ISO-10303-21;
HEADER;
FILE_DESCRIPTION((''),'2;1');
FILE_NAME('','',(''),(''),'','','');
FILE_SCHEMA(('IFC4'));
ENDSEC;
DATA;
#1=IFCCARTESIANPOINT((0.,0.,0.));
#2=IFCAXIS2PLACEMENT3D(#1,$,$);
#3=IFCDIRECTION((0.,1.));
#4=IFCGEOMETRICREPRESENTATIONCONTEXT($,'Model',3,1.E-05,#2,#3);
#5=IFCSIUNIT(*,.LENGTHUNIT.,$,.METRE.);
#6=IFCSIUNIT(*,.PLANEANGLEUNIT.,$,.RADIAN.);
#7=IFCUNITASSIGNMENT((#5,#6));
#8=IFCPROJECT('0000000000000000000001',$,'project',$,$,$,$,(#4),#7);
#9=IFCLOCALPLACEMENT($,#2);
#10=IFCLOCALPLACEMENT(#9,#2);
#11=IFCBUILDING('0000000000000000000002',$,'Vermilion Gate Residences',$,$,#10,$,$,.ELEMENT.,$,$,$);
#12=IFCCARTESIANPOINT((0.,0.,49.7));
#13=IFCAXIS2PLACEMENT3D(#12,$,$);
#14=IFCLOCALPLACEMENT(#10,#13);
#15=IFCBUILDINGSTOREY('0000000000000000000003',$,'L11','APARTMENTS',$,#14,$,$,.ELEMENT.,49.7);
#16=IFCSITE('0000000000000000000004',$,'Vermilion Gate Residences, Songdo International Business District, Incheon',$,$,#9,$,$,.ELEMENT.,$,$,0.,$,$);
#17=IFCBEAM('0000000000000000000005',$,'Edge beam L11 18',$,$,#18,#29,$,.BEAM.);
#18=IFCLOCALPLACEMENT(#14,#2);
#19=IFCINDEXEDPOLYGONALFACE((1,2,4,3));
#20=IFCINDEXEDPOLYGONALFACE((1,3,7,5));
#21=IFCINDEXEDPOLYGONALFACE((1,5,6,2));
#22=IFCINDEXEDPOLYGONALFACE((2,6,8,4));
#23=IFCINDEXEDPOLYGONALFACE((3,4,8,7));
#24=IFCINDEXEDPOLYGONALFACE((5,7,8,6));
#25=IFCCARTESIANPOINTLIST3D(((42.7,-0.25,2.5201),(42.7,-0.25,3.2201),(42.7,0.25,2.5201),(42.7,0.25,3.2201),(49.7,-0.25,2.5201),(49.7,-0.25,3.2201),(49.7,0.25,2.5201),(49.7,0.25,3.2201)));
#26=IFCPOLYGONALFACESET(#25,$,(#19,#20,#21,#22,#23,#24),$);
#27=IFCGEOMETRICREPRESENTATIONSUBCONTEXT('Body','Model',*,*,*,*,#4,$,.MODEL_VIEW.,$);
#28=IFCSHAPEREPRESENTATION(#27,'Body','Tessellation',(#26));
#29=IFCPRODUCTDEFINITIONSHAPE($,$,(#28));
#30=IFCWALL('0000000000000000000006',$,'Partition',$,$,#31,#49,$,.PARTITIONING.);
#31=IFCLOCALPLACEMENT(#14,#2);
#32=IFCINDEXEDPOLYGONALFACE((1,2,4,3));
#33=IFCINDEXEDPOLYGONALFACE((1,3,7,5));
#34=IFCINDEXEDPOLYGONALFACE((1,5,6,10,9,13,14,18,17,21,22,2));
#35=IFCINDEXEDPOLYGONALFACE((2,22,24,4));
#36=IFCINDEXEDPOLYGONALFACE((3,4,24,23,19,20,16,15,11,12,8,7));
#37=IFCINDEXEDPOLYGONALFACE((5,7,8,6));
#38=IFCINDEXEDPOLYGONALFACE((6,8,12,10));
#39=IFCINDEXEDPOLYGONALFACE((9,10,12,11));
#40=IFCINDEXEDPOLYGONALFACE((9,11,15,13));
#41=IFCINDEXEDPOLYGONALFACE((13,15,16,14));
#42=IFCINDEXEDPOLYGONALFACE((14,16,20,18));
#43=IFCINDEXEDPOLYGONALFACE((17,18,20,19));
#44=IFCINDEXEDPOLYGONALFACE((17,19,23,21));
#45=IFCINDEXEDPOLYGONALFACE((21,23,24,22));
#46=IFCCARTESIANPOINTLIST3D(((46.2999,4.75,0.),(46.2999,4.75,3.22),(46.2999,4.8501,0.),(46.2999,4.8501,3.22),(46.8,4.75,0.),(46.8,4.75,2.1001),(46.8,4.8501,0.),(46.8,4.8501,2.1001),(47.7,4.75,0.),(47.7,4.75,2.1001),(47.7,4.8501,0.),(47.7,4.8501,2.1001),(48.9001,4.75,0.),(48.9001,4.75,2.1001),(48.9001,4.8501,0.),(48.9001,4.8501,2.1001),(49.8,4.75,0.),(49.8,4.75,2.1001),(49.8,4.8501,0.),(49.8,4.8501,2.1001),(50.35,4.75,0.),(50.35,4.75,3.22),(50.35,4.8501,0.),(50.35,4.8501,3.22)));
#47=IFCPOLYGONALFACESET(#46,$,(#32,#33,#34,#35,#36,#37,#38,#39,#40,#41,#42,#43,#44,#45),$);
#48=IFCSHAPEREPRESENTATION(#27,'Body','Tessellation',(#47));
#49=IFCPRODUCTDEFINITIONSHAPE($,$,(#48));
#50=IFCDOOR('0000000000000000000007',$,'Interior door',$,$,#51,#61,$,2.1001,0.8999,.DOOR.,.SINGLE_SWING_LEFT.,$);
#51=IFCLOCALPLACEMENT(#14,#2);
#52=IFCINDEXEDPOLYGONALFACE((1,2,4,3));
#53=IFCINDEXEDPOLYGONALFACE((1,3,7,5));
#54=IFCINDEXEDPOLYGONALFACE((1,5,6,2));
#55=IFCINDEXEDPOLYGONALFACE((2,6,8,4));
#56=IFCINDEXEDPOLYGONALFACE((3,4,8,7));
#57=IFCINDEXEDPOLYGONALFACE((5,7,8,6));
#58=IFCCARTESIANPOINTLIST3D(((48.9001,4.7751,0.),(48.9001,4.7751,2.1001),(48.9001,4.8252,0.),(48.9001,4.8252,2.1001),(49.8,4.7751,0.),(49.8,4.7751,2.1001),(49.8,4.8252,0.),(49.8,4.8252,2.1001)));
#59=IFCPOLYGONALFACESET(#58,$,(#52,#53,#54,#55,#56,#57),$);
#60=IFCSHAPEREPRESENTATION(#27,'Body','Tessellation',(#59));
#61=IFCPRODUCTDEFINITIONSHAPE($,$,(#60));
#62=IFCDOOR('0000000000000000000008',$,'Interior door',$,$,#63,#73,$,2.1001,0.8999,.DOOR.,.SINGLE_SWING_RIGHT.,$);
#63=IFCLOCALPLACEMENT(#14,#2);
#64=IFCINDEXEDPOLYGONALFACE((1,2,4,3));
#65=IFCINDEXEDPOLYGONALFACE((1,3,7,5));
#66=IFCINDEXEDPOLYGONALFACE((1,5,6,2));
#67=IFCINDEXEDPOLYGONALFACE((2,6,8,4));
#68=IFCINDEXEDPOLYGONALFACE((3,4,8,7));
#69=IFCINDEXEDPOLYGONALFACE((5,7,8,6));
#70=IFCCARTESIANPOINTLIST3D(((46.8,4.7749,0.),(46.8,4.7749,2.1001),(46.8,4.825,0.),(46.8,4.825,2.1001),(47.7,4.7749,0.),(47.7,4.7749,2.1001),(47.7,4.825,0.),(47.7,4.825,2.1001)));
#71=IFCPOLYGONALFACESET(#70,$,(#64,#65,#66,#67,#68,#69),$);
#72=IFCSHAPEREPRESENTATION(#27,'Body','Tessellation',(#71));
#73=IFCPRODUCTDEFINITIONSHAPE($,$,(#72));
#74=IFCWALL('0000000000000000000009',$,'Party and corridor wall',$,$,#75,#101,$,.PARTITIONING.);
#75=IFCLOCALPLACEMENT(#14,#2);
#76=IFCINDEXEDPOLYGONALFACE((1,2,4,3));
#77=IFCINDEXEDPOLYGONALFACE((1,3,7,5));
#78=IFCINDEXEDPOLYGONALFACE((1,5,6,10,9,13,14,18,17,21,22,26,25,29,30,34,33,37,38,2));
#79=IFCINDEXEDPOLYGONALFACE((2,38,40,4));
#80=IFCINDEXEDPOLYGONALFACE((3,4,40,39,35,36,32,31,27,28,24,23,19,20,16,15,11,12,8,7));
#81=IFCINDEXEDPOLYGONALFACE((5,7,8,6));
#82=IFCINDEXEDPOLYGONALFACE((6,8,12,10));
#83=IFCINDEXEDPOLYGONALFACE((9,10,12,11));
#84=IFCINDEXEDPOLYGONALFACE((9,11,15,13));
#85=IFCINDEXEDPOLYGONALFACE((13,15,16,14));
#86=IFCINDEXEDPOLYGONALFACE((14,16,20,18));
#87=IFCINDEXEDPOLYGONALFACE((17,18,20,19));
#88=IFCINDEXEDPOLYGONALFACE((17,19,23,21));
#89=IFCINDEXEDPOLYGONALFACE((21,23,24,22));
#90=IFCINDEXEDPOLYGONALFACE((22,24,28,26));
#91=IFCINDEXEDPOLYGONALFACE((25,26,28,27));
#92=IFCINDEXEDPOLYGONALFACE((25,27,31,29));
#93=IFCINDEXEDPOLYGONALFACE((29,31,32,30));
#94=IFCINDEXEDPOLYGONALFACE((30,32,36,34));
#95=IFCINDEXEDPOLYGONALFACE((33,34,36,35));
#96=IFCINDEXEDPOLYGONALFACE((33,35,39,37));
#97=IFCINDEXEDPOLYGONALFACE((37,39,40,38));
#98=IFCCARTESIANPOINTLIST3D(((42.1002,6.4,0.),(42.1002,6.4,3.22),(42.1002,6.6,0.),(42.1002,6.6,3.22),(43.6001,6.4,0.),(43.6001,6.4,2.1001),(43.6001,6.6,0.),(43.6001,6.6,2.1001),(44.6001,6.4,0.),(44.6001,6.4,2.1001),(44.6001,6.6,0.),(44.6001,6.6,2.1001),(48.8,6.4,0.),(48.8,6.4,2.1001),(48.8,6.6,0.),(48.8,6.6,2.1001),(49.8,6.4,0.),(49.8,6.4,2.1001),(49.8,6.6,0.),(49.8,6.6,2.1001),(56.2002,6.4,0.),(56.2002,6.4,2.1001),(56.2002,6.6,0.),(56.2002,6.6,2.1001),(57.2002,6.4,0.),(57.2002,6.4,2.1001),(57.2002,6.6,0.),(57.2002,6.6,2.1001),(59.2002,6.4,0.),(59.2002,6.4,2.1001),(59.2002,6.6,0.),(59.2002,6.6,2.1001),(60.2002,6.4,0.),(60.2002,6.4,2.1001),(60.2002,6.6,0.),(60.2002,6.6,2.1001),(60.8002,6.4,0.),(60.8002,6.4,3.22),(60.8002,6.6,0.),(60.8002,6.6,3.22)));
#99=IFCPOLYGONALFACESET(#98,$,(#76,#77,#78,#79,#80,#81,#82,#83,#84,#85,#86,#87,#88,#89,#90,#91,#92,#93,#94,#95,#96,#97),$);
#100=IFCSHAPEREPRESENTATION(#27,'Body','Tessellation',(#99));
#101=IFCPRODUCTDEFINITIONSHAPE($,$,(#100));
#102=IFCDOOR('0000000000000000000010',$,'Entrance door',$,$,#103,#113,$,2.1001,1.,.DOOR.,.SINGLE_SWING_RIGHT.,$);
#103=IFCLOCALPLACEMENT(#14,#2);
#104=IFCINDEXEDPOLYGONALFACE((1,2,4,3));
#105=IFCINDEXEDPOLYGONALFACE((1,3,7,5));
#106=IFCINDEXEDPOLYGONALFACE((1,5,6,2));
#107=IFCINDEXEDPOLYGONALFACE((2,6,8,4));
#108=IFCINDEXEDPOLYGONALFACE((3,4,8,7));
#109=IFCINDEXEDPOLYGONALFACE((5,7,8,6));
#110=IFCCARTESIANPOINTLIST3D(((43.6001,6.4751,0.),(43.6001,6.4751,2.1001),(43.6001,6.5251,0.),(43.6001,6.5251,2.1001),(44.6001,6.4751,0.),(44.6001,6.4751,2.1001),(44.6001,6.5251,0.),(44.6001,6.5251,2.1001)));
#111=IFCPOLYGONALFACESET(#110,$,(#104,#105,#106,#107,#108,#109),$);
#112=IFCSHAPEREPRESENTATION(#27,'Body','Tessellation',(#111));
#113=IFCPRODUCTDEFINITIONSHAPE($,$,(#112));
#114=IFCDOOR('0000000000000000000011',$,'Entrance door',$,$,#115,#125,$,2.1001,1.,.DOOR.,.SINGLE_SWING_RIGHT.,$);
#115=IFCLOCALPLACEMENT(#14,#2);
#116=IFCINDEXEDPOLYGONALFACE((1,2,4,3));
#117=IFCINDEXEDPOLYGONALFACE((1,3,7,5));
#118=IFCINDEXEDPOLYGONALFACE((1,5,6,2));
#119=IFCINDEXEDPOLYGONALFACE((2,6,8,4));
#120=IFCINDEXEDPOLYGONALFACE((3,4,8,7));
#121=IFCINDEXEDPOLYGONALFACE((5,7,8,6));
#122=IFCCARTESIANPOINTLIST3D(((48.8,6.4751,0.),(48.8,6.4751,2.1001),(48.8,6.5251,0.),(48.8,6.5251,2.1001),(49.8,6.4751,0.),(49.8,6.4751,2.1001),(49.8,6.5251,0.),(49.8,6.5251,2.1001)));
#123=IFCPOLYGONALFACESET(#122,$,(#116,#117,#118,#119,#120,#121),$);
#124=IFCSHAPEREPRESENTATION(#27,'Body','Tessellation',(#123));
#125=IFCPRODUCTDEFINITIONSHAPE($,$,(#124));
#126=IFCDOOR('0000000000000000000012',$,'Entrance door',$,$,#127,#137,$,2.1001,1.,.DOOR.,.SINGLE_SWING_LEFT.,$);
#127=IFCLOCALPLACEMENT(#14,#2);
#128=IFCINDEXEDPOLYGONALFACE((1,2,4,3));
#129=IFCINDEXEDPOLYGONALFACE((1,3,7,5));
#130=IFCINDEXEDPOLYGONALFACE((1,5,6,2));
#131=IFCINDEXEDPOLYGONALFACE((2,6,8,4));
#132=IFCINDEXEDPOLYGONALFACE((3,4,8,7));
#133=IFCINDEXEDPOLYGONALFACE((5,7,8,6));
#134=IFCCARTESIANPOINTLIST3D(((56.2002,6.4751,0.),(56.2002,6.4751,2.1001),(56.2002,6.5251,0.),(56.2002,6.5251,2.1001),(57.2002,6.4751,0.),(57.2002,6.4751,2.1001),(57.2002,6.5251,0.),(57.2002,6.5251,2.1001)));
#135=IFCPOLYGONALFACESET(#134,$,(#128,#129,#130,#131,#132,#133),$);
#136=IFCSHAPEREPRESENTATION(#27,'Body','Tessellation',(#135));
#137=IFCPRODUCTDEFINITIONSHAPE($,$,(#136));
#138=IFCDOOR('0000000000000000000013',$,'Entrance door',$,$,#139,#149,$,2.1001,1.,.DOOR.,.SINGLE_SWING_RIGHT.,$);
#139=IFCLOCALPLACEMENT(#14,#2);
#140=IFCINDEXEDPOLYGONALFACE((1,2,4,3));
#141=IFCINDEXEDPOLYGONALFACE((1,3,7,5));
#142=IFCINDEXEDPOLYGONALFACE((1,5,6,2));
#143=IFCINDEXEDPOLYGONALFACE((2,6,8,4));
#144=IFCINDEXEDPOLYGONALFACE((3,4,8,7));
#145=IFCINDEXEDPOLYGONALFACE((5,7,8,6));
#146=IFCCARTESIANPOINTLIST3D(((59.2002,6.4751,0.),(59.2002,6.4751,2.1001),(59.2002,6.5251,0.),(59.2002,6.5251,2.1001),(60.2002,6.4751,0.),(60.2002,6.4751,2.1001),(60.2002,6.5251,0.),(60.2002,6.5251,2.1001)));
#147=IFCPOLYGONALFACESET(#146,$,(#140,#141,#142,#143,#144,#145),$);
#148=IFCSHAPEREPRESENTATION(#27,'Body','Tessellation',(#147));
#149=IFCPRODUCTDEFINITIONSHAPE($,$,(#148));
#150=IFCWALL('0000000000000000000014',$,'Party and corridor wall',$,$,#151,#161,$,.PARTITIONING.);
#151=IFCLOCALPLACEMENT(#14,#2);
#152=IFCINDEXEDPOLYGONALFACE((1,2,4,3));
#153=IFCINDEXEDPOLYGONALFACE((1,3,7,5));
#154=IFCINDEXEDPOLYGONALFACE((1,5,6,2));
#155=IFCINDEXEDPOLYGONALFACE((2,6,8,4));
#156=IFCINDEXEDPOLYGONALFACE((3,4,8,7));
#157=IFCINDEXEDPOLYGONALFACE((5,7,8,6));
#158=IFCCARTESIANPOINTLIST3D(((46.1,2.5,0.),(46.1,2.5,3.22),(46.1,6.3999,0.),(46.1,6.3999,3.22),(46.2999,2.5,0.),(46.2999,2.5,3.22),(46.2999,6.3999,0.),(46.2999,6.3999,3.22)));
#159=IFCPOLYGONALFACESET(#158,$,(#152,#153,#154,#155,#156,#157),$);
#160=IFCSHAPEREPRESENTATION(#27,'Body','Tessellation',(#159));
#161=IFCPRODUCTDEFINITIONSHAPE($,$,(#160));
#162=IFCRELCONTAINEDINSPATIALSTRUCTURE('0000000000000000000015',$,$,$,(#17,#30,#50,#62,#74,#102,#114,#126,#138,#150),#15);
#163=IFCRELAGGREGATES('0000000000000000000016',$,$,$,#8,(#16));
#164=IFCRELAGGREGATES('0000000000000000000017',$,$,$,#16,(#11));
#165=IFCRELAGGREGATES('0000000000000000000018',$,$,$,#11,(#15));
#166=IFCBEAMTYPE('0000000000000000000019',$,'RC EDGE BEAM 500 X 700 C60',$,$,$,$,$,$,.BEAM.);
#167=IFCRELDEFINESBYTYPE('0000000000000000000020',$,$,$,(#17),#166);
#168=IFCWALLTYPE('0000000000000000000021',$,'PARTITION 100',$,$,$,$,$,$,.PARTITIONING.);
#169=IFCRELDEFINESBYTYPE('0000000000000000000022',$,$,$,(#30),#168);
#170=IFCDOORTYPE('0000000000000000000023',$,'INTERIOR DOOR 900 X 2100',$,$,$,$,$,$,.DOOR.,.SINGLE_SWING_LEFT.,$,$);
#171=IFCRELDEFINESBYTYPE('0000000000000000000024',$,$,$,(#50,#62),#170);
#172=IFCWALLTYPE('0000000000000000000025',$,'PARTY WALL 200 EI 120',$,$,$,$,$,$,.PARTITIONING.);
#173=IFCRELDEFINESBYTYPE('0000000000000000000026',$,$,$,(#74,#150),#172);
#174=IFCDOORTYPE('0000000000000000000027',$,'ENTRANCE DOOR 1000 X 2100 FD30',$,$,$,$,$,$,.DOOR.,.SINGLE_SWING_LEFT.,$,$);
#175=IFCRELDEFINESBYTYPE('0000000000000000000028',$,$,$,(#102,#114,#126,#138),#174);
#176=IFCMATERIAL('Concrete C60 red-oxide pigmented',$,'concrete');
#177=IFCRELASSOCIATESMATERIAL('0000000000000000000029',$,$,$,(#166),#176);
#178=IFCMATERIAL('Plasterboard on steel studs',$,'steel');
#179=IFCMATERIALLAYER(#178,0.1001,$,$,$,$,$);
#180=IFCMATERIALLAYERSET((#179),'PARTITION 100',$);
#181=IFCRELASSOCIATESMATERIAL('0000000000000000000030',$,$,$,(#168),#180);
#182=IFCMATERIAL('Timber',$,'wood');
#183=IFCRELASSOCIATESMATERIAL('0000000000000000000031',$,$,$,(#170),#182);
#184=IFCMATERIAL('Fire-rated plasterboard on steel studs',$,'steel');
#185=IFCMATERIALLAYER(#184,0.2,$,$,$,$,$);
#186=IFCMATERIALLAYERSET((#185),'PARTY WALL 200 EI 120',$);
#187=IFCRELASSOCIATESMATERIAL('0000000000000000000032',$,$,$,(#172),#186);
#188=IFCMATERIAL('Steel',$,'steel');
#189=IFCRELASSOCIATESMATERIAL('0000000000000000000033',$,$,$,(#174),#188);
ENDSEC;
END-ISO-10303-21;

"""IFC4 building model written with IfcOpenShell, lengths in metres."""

from ifc_helpers import new_model, si_unit, direction, frame, frame_2d, origin, origin_2d, place, context, subcontext, project, spatial, rectangle, extrude, material, layer, layer_set, material_profile, profile_set, type_object, element, fill, save


model = new_model("IFC4")

# Units and contexts
model_context = context("Model", 3, precision=1e-05, world=origin(), true_north=direction((0.0, 1.0)))
body_context = subcontext(model_context, "Body", "Model", "MODEL_VIEW")
ifc_project = project(units=[si_unit("LENGTHUNIT", "METRE"), si_unit("PLANEANGLEUNIT", "RADIAN")], contexts=[model_context])

# Site, building, storey
site_placement = place(None, origin())
site = spatial("IfcSite", under=ifc_project, at=site_placement, Name="Vermilion Gate Residences, Songdo International Business District, Incheon", CompositionType="ELEMENT", RefElevation=0.0)
building_placement = place(site_placement, origin())
building = spatial("IfcBuilding", under=site, at=building_placement, Name="Vermilion Gate Residences", CompositionType="ELEMENT")
storey_placement = place(building_placement, frame((0.0, 0.0, 49.7)))
storey = spatial("IfcBuildingStorey", under=building, at=storey_placement, Name="L11", Description="APARTMENTS", CompositionType="ELEMENT", Elevation=49.7)

# Beam
ifc_material_1 = material(Name="Concrete C60 red-oxide pigmented", Category="concrete")
ifc_material_profile_1 = material_profile(ifc_material_1, rectangle(XDim=0.5, YDim=0.7, at=origin_2d()), Name="RC-500x700")
ifc_profile_set_1 = profile_set([ifc_material_profile_1], Name="Concrete C60 red-oxide pigmented")
beam_type = type_object("IfcBeamType", Name="RC EDGE BEAM 500 X 700 C60", PredefinedType="BEAM", material=ifc_profile_set_1)
beam_placement = place(storey_placement, frame((42.7, 0.0, 2.8701), z_axis=(1.0, 0.0, 0.0), x_axis=(0.0, 1.0, 0.0)))
element("IfcBeam", 1, at=beam_placement, inside=storey, type_object=beam_type, Name="Edge beam L11 18", PredefinedType="BEAM", context=body_context, shape_type="SweptSolid", body=[
    extrude(rectangle(XDim=0.5, YDim=0.7, at=origin_2d()), origin(), (0.0, 0.0, 1.0), 7.0),
])

# Walls, openings, doors
ifc_material_2 = material(Name="Plasterboard on steel studs", Category="steel")
ifc_layer_1 = layer(ifc_material_2, 0.1001)
ifc_layer_set_1 = layer_set([ifc_layer_1], Name="PARTITION 100")
wall_type_1 = type_object("IfcWallType", Name="PARTITION 100", PredefinedType="PARTITIONING", material=ifc_layer_set_1)
wall_1_placement = place(storey_placement, frame((46.3, 4.8, 0.0), z_axis=(0.0, 0.0, 1.0), x_axis=(1.0, 0.0, 0.0)))
wall_1 = element("IfcWall", 2, at=wall_1_placement, inside=storey, type_object=wall_type_1, Name="Partition", PredefinedType="PARTITIONING", context=body_context, shape_type="SweptSolid", body=[
    extrude(rectangle(XDim=4.05, YDim=0.1001, at=frame_2d((2.0249, 0.0))), origin(), (0.0, 0.0, 1.0), 3.22),
])
opening_1_placement = place(wall_1_placement, frame((2.6001, 0.0, 0.0)))
opening_1 = element("IfcOpeningElement", 3, at=opening_1_placement, cuts=wall_1, PredefinedType="OPENING", context=body_context, shape_type="SweptSolid", body=[
    extrude(rectangle(XDim=0.8999, YDim=2.1001, at=frame_2d((0.45, 1.05))), frame((0.0, 0.0601, 0.0), z_axis=(0.0, -1.0, 0.0), x_axis=(1.0, 0.0, 0.0)), (0.0, 0.0, 1.0), 0.1201),
])
opening_2_placement = place(wall_1_placement, frame((0.5, 0.0, 0.0)))
opening_2 = element("IfcOpeningElement", 4, at=opening_2_placement, cuts=wall_1, PredefinedType="OPENING", context=body_context, shape_type="SweptSolid", body=[
    extrude(rectangle(XDim=0.8999, YDim=2.1001, at=frame_2d((0.45, 1.05))), frame((0.0, 0.0601, 0.0), z_axis=(0.0, -1.0, 0.0), x_axis=(1.0, 0.0, 0.0)), (0.0, 0.0, 1.0), 0.1201),
])
ifc_material_3 = material(Name="Timber", Category="wood")
door_type_1 = type_object("IfcDoorType", Name="INTERIOR DOOR 900 X 2100", OperationType="SINGLE_SWING_LEFT", PredefinedType="DOOR", material=ifc_material_3)
door_1_placement = place(opening_1_placement, frame((0.8999, 0.0, 0.0), z_axis=(0.0, 0.0, 1.0), x_axis=(-1.0, 0.0, 0.0)))
door_1 = element("IfcDoor", 5, at=door_1_placement, inside=storey, type_object=door_type_1, Name="Interior door", OperationType="SINGLE_SWING_LEFT", OverallHeight=2.1001, OverallWidth=0.8999, PredefinedType="DOOR", context=body_context, shape_type="SweptSolid", body=[
    extrude(rectangle(XDim=0.8999, YDim=2.1001, at=frame_2d((0.45, 1.05))), frame((0.0, 0.0249, 0.0), z_axis=(0.0, -1.0, 0.0), x_axis=(1.0, 0.0, 0.0)), (0.0, 0.0, 1.0), 0.05),
])
fill(opening_1, door_1)
door_2_placement = place(opening_2_placement, origin())
door_2 = element("IfcDoor", 6, at=door_2_placement, inside=storey, type_object=door_type_1, Name="Interior door", OperationType="SINGLE_SWING_RIGHT", OverallHeight=2.1001, OverallWidth=0.8999, PredefinedType="DOOR", context=body_context, shape_type="SweptSolid", body=[
    extrude(rectangle(XDim=0.8999, YDim=2.1001, at=frame_2d((0.45, 1.05))), frame((0.0, 0.0249, 0.0), z_axis=(0.0, -1.0, 0.0), x_axis=(1.0, 0.0, 0.0)), (0.0, 0.0, 1.0), 0.05),
])
fill(opening_2, door_2)
ifc_material_4 = material(Name="Fire-rated plasterboard on steel studs", Category="steel")
ifc_layer_2 = layer(ifc_material_4, 0.2)
ifc_layer_set_2 = layer_set([ifc_layer_2], Name="PARTY WALL 200 EI 120")
wall_type_2 = type_object("IfcWallType", Name="PARTY WALL 200 EI 120", PredefinedType="PARTITIONING", material=ifc_layer_set_2)
wall_2_placement = place(storey_placement, frame((42.1001, 6.5, 0.0), z_axis=(0.0, 0.0, 1.0), x_axis=(1.0, 0.0, 0.0)))
wall_2 = element("IfcWall", 7, at=wall_2_placement, inside=storey, type_object=wall_type_2, Name="Party and corridor wall", PredefinedType="PARTITIONING", context=body_context, shape_type="SweptSolid", body=[
    extrude(rectangle(XDim=18.7, YDim=0.2, at=frame_2d((9.3501, 0.0))), origin(), (0.0, 0.0, 1.0), 3.22),
])
opening_3_placement = place(wall_2_placement, frame((1.5, 0.0, 0.0)))
opening_3 = element("IfcOpeningElement", 8, at=opening_3_placement, cuts=wall_2, PredefinedType="OPENING", context=body_context, shape_type="SweptSolid", body=[
    extrude(rectangle(XDim=1.0, YDim=2.1001, at=frame_2d((0.5, 1.05))), frame((0.0, 0.1099, 0.0), z_axis=(0.0, -1.0, 0.0), x_axis=(1.0, 0.0, 0.0)), (0.0, 0.0, 1.0), 0.22),
])
opening_4_placement = place(wall_2_placement, frame((6.7, 0.0, 0.0)))
opening_4 = element("IfcOpeningElement", 9, at=opening_4_placement, cuts=wall_2, PredefinedType="OPENING", context=body_context, shape_type="SweptSolid", body=[
    extrude(rectangle(XDim=1.0, YDim=2.1001, at=frame_2d((0.5, 1.05))), frame((0.0, 0.1099, 0.0), z_axis=(0.0, -1.0, 0.0), x_axis=(1.0, 0.0, 0.0)), (0.0, 0.0, 1.0), 0.22),
])
opening_5_placement = place(wall_2_placement, frame((14.1001, 0.0, 0.0)))
opening_5 = element("IfcOpeningElement", 10, at=opening_5_placement, cuts=wall_2, PredefinedType="OPENING", context=body_context, shape_type="SweptSolid", body=[
    extrude(rectangle(XDim=1.0, YDim=2.1001, at=frame_2d((0.5, 1.05))), frame((0.0, 0.1099, 0.0), z_axis=(0.0, -1.0, 0.0), x_axis=(1.0, 0.0, 0.0)), (0.0, 0.0, 1.0), 0.22),
])
opening_6_placement = place(wall_2_placement, frame((17.1001, 0.0, 0.0)))
opening_6 = element("IfcOpeningElement", 11, at=opening_6_placement, cuts=wall_2, PredefinedType="OPENING", context=body_context, shape_type="SweptSolid", body=[
    extrude(rectangle(XDim=1.0, YDim=2.1001, at=frame_2d((0.5, 1.05))), frame((0.0, 0.1099, 0.0), z_axis=(0.0, -1.0, 0.0), x_axis=(1.0, 0.0, 0.0)), (0.0, 0.0, 1.0), 0.22),
])
ifc_material_5 = material(Name="Steel", Category="steel")
door_type_2 = type_object("IfcDoorType", Name="ENTRANCE DOOR 1000 X 2100 FD30", OperationType="SINGLE_SWING_LEFT", PredefinedType="DOOR", material=ifc_material_5)
door_3_placement = place(opening_3_placement, frame((1.0, 0.0, 0.0), z_axis=(0.0, 0.0, 1.0), x_axis=(-1.0, 0.0, 0.0)))
door_3 = element("IfcDoor", 12, at=door_3_placement, inside=storey, type_object=door_type_2, Name="Entrance door", OperationType="SINGLE_SWING_RIGHT", OverallHeight=2.1001, OverallWidth=1.0, PredefinedType="DOOR", context=body_context, shape_type="SweptSolid", body=[
    extrude(rectangle(XDim=1.0, YDim=2.1001, at=frame_2d((0.5, 1.05))), frame((0.0, 0.0249, 0.0), z_axis=(0.0, -1.0, 0.0), x_axis=(1.0, 0.0, 0.0)), (0.0, 0.0, 1.0), 0.05),
])
fill(opening_3, door_3)
door_4_placement = place(opening_4_placement, frame((1.0, 0.0, 0.0), z_axis=(0.0, 0.0, 1.0), x_axis=(-1.0, 0.0, 0.0)))
door_4 = element("IfcDoor", 13, at=door_4_placement, inside=storey, type_object=door_type_2, Name="Entrance door", OperationType="SINGLE_SWING_RIGHT", OverallHeight=2.1001, OverallWidth=1.0, PredefinedType="DOOR", context=body_context, shape_type="SweptSolid", body=[
    extrude(rectangle(XDim=1.0, YDim=2.1001, at=frame_2d((0.5, 1.05))), frame((0.0, 0.0249, 0.0), z_axis=(0.0, -1.0, 0.0), x_axis=(1.0, 0.0, 0.0)), (0.0, 0.0, 1.0), 0.05),
])
fill(opening_4, door_4)
door_5_placement = place(opening_5_placement, frame((1.0, 0.0, 0.0), z_axis=(0.0, 0.0, 1.0), x_axis=(-1.0, 0.0, 0.0)))
door_5 = element("IfcDoor", 14, at=door_5_placement, inside=storey, type_object=door_type_2, Name="Entrance door", OperationType="SINGLE_SWING_LEFT", OverallHeight=2.1001, OverallWidth=1.0, PredefinedType="DOOR", context=body_context, shape_type="SweptSolid", body=[
    extrude(rectangle(XDim=1.0, YDim=2.1001, at=frame_2d((0.5, 1.05))), frame((0.0, 0.0249, 0.0), z_axis=(0.0, -1.0, 0.0), x_axis=(1.0, 0.0, 0.0)), (0.0, 0.0, 1.0), 0.05),
])
fill(opening_5, door_5)
door_6_placement = place(opening_6_placement, frame((1.0, 0.0, 0.0), z_axis=(0.0, 0.0, 1.0), x_axis=(-1.0, 0.0, 0.0)))
door_6 = element("IfcDoor", 15, at=door_6_placement, inside=storey, type_object=door_type_2, Name="Entrance door", OperationType="SINGLE_SWING_RIGHT", OverallHeight=2.1001, OverallWidth=1.0, PredefinedType="DOOR", context=body_context, shape_type="SweptSolid", body=[
    extrude(rectangle(XDim=1.0, YDim=2.1001, at=frame_2d((0.5, 1.05))), frame((0.0, 0.0249, 0.0), z_axis=(0.0, -1.0, 0.0), x_axis=(1.0, 0.0, 0.0)), (0.0, 0.0, 1.0), 0.05),
])
fill(opening_6, door_6)

# Wall
wall_3_placement = place(storey_placement, frame((46.2, 2.5, 0.0), z_axis=(0.0, 0.0, 1.0), x_axis=(0.0, 1.0, 0.0)))
element("IfcWall", 16, at=wall_3_placement, inside=storey, type_object=wall_type_2, Name="Party and corridor wall", PredefinedType="PARTITIONING", context=body_context, shape_type="SweptSolid", body=[
    extrude(rectangle(XDim=3.8999, YDim=0.2, at=frame_2d((1.95, 0.0))), origin(), (0.0, 0.0, 1.0), 3.22),
])

save(model, "model.ifc")
